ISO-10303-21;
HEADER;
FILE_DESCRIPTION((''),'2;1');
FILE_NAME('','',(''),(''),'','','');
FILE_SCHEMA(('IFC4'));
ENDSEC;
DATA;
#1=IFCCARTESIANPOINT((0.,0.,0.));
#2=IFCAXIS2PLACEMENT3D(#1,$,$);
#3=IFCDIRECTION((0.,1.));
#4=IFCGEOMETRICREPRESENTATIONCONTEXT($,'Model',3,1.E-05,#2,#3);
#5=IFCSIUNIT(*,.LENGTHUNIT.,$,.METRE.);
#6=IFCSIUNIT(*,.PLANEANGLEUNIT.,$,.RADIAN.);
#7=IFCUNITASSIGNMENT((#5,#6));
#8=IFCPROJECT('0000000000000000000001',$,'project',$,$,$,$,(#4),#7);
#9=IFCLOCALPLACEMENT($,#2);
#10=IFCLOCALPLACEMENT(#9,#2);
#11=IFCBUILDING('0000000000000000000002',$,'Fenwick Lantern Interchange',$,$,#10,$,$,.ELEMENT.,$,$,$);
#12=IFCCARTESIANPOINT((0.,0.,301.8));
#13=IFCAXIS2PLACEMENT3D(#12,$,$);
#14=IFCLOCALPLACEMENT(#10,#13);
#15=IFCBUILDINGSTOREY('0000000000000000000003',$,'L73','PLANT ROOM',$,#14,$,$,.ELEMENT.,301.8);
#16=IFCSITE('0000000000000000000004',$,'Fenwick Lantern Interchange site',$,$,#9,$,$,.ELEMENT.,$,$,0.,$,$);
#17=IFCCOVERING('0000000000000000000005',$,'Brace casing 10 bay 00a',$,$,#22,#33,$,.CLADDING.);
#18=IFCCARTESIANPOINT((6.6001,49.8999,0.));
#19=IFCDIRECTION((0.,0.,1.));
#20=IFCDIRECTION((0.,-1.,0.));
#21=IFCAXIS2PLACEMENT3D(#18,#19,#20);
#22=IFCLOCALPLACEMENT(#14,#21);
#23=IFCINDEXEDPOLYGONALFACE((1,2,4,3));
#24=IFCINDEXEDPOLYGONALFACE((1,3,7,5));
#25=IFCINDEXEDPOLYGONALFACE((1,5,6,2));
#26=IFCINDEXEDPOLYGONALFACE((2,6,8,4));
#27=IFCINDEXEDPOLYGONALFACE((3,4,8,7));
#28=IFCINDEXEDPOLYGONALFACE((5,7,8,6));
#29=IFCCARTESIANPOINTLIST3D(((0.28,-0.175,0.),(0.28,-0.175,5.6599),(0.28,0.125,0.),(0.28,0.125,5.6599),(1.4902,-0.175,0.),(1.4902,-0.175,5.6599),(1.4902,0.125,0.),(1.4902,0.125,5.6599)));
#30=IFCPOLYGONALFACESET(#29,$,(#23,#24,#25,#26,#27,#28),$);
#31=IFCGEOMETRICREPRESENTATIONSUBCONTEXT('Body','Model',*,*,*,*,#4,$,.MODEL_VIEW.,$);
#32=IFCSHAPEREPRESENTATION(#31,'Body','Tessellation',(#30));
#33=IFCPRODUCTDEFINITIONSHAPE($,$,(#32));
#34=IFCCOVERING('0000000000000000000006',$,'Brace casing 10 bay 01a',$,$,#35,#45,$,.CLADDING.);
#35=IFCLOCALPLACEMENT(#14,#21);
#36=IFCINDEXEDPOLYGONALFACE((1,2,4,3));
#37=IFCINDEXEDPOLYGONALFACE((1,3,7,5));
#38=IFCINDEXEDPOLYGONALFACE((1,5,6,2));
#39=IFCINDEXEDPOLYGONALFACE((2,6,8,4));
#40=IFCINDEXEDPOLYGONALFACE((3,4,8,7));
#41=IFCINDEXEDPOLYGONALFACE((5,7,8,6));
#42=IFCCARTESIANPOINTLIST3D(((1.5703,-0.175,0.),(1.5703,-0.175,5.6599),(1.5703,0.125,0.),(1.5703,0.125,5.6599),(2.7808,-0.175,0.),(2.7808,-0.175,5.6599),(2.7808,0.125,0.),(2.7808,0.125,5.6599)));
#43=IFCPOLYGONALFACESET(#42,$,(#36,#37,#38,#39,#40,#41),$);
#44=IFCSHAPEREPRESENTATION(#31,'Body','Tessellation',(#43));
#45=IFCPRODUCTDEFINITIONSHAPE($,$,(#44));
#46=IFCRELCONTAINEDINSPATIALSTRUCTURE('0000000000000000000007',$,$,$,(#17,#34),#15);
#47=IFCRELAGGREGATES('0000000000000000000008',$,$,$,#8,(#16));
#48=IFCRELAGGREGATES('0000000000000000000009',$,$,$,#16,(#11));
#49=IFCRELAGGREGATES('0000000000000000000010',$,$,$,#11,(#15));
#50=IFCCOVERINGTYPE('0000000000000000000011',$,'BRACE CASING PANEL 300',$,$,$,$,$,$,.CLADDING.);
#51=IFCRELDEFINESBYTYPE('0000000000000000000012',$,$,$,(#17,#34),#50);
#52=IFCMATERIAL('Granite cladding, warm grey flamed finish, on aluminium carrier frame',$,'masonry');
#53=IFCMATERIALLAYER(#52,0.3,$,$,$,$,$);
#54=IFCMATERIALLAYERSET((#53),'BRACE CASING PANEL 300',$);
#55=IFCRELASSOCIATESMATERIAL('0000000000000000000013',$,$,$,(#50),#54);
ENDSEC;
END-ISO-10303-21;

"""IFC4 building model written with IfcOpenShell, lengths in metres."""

from ifc_helpers import new_model, si_unit, direction, frame, origin, place, context, subcontext, project, spatial, polyline, outline, extrude, material, layer, layer_set, type_object, element, save


model = new_model("IFC4")

# Units and contexts
model_context = context("Model", 3, precision=1e-05, world=origin(), true_north=direction((0.0, 1.0)))
body_context = subcontext(model_context, "Body", "Model", "MODEL_VIEW")
ifc_project = project(units=[si_unit("LENGTHUNIT", "METRE"), si_unit("PLANEANGLEUNIT", "RADIAN")], contexts=[model_context])

# Site, building, storey
site_placement = place(None, origin())
site = spatial("IfcSite", under=ifc_project, at=site_placement, Name="Fenwick Lantern Interchange site", CompositionType="ELEMENT", RefElevation=0.0)
building_placement = place(site_placement, origin())
building = spatial("IfcBuilding", under=site, at=building_placement, Name="Fenwick Lantern Interchange", CompositionType="ELEMENT")
storey_placement = place(building_placement, frame((0.0, 0.0, 301.8)))
storey = spatial("IfcBuildingStorey", under=building, at=storey_placement, Name="L73", Description="PLANT ROOM", CompositionType="ELEMENT", Elevation=301.8)

# Coverings
ifc_material_1 = material(Name="Granite cladding, warm grey flamed finish, on aluminium carrier frame", Category="masonry")
ifc_layer_1 = layer(ifc_material_1, 0.3)
ifc_layer_set_1 = layer_set([ifc_layer_1], Name="BRACE CASING PANEL 300")
covering_type = type_object("IfcCoveringType", Name="BRACE CASING PANEL 300", PredefinedType="CLADDING", material=ifc_layer_set_1)
covering_1_placement = place(storey_placement, frame((6.6001, 49.8999, 0.0), z_axis=(0.0, 0.0, 1.0), x_axis=(0.0, -1.0, 0.0)))
element("IfcCovering", 1, at=covering_1_placement, inside=storey, type_object=covering_type, Name="Brace casing 10 bay 00a", PredefinedType="CLADDING", context=body_context, shape_type="SweptSolid", body=[
    extrude(outline(polyline([(0.28, 0.0), (1.4902, 0.0), (1.4902, 5.6599), (0.28, 5.6599), (0.28, 0.0)])), frame((0.0, 0.125, 0.0), z_axis=(0.0, -1.0, 0.0), x_axis=(1.0, 0.0, 0.0)), (0.0, 0.0, 1.0), 0.3),
])
covering_2_placement = place(storey_placement, frame((6.6001, 49.8999, 0.0), z_axis=(0.0, 0.0, 1.0), x_axis=(0.0, -1.0, 0.0)))
element("IfcCovering", 2, at=covering_2_placement, inside=storey, type_object=covering_type, Name="Brace casing 10 bay 01a", PredefinedType="CLADDING", context=body_context, shape_type="SweptSolid", body=[
    extrude(outline(polyline([(1.5703, 0.0), (2.7808, 0.0), (2.7808, 5.6599), (1.5703, 5.6599), (1.5703, 0.0)])), frame((0.0, 0.125, 0.0), z_axis=(0.0, -1.0, 0.0), x_axis=(1.0, 0.0, 0.0)), (0.0, 0.0, 1.0), 0.3),
])

save(model, "model.ifc")
